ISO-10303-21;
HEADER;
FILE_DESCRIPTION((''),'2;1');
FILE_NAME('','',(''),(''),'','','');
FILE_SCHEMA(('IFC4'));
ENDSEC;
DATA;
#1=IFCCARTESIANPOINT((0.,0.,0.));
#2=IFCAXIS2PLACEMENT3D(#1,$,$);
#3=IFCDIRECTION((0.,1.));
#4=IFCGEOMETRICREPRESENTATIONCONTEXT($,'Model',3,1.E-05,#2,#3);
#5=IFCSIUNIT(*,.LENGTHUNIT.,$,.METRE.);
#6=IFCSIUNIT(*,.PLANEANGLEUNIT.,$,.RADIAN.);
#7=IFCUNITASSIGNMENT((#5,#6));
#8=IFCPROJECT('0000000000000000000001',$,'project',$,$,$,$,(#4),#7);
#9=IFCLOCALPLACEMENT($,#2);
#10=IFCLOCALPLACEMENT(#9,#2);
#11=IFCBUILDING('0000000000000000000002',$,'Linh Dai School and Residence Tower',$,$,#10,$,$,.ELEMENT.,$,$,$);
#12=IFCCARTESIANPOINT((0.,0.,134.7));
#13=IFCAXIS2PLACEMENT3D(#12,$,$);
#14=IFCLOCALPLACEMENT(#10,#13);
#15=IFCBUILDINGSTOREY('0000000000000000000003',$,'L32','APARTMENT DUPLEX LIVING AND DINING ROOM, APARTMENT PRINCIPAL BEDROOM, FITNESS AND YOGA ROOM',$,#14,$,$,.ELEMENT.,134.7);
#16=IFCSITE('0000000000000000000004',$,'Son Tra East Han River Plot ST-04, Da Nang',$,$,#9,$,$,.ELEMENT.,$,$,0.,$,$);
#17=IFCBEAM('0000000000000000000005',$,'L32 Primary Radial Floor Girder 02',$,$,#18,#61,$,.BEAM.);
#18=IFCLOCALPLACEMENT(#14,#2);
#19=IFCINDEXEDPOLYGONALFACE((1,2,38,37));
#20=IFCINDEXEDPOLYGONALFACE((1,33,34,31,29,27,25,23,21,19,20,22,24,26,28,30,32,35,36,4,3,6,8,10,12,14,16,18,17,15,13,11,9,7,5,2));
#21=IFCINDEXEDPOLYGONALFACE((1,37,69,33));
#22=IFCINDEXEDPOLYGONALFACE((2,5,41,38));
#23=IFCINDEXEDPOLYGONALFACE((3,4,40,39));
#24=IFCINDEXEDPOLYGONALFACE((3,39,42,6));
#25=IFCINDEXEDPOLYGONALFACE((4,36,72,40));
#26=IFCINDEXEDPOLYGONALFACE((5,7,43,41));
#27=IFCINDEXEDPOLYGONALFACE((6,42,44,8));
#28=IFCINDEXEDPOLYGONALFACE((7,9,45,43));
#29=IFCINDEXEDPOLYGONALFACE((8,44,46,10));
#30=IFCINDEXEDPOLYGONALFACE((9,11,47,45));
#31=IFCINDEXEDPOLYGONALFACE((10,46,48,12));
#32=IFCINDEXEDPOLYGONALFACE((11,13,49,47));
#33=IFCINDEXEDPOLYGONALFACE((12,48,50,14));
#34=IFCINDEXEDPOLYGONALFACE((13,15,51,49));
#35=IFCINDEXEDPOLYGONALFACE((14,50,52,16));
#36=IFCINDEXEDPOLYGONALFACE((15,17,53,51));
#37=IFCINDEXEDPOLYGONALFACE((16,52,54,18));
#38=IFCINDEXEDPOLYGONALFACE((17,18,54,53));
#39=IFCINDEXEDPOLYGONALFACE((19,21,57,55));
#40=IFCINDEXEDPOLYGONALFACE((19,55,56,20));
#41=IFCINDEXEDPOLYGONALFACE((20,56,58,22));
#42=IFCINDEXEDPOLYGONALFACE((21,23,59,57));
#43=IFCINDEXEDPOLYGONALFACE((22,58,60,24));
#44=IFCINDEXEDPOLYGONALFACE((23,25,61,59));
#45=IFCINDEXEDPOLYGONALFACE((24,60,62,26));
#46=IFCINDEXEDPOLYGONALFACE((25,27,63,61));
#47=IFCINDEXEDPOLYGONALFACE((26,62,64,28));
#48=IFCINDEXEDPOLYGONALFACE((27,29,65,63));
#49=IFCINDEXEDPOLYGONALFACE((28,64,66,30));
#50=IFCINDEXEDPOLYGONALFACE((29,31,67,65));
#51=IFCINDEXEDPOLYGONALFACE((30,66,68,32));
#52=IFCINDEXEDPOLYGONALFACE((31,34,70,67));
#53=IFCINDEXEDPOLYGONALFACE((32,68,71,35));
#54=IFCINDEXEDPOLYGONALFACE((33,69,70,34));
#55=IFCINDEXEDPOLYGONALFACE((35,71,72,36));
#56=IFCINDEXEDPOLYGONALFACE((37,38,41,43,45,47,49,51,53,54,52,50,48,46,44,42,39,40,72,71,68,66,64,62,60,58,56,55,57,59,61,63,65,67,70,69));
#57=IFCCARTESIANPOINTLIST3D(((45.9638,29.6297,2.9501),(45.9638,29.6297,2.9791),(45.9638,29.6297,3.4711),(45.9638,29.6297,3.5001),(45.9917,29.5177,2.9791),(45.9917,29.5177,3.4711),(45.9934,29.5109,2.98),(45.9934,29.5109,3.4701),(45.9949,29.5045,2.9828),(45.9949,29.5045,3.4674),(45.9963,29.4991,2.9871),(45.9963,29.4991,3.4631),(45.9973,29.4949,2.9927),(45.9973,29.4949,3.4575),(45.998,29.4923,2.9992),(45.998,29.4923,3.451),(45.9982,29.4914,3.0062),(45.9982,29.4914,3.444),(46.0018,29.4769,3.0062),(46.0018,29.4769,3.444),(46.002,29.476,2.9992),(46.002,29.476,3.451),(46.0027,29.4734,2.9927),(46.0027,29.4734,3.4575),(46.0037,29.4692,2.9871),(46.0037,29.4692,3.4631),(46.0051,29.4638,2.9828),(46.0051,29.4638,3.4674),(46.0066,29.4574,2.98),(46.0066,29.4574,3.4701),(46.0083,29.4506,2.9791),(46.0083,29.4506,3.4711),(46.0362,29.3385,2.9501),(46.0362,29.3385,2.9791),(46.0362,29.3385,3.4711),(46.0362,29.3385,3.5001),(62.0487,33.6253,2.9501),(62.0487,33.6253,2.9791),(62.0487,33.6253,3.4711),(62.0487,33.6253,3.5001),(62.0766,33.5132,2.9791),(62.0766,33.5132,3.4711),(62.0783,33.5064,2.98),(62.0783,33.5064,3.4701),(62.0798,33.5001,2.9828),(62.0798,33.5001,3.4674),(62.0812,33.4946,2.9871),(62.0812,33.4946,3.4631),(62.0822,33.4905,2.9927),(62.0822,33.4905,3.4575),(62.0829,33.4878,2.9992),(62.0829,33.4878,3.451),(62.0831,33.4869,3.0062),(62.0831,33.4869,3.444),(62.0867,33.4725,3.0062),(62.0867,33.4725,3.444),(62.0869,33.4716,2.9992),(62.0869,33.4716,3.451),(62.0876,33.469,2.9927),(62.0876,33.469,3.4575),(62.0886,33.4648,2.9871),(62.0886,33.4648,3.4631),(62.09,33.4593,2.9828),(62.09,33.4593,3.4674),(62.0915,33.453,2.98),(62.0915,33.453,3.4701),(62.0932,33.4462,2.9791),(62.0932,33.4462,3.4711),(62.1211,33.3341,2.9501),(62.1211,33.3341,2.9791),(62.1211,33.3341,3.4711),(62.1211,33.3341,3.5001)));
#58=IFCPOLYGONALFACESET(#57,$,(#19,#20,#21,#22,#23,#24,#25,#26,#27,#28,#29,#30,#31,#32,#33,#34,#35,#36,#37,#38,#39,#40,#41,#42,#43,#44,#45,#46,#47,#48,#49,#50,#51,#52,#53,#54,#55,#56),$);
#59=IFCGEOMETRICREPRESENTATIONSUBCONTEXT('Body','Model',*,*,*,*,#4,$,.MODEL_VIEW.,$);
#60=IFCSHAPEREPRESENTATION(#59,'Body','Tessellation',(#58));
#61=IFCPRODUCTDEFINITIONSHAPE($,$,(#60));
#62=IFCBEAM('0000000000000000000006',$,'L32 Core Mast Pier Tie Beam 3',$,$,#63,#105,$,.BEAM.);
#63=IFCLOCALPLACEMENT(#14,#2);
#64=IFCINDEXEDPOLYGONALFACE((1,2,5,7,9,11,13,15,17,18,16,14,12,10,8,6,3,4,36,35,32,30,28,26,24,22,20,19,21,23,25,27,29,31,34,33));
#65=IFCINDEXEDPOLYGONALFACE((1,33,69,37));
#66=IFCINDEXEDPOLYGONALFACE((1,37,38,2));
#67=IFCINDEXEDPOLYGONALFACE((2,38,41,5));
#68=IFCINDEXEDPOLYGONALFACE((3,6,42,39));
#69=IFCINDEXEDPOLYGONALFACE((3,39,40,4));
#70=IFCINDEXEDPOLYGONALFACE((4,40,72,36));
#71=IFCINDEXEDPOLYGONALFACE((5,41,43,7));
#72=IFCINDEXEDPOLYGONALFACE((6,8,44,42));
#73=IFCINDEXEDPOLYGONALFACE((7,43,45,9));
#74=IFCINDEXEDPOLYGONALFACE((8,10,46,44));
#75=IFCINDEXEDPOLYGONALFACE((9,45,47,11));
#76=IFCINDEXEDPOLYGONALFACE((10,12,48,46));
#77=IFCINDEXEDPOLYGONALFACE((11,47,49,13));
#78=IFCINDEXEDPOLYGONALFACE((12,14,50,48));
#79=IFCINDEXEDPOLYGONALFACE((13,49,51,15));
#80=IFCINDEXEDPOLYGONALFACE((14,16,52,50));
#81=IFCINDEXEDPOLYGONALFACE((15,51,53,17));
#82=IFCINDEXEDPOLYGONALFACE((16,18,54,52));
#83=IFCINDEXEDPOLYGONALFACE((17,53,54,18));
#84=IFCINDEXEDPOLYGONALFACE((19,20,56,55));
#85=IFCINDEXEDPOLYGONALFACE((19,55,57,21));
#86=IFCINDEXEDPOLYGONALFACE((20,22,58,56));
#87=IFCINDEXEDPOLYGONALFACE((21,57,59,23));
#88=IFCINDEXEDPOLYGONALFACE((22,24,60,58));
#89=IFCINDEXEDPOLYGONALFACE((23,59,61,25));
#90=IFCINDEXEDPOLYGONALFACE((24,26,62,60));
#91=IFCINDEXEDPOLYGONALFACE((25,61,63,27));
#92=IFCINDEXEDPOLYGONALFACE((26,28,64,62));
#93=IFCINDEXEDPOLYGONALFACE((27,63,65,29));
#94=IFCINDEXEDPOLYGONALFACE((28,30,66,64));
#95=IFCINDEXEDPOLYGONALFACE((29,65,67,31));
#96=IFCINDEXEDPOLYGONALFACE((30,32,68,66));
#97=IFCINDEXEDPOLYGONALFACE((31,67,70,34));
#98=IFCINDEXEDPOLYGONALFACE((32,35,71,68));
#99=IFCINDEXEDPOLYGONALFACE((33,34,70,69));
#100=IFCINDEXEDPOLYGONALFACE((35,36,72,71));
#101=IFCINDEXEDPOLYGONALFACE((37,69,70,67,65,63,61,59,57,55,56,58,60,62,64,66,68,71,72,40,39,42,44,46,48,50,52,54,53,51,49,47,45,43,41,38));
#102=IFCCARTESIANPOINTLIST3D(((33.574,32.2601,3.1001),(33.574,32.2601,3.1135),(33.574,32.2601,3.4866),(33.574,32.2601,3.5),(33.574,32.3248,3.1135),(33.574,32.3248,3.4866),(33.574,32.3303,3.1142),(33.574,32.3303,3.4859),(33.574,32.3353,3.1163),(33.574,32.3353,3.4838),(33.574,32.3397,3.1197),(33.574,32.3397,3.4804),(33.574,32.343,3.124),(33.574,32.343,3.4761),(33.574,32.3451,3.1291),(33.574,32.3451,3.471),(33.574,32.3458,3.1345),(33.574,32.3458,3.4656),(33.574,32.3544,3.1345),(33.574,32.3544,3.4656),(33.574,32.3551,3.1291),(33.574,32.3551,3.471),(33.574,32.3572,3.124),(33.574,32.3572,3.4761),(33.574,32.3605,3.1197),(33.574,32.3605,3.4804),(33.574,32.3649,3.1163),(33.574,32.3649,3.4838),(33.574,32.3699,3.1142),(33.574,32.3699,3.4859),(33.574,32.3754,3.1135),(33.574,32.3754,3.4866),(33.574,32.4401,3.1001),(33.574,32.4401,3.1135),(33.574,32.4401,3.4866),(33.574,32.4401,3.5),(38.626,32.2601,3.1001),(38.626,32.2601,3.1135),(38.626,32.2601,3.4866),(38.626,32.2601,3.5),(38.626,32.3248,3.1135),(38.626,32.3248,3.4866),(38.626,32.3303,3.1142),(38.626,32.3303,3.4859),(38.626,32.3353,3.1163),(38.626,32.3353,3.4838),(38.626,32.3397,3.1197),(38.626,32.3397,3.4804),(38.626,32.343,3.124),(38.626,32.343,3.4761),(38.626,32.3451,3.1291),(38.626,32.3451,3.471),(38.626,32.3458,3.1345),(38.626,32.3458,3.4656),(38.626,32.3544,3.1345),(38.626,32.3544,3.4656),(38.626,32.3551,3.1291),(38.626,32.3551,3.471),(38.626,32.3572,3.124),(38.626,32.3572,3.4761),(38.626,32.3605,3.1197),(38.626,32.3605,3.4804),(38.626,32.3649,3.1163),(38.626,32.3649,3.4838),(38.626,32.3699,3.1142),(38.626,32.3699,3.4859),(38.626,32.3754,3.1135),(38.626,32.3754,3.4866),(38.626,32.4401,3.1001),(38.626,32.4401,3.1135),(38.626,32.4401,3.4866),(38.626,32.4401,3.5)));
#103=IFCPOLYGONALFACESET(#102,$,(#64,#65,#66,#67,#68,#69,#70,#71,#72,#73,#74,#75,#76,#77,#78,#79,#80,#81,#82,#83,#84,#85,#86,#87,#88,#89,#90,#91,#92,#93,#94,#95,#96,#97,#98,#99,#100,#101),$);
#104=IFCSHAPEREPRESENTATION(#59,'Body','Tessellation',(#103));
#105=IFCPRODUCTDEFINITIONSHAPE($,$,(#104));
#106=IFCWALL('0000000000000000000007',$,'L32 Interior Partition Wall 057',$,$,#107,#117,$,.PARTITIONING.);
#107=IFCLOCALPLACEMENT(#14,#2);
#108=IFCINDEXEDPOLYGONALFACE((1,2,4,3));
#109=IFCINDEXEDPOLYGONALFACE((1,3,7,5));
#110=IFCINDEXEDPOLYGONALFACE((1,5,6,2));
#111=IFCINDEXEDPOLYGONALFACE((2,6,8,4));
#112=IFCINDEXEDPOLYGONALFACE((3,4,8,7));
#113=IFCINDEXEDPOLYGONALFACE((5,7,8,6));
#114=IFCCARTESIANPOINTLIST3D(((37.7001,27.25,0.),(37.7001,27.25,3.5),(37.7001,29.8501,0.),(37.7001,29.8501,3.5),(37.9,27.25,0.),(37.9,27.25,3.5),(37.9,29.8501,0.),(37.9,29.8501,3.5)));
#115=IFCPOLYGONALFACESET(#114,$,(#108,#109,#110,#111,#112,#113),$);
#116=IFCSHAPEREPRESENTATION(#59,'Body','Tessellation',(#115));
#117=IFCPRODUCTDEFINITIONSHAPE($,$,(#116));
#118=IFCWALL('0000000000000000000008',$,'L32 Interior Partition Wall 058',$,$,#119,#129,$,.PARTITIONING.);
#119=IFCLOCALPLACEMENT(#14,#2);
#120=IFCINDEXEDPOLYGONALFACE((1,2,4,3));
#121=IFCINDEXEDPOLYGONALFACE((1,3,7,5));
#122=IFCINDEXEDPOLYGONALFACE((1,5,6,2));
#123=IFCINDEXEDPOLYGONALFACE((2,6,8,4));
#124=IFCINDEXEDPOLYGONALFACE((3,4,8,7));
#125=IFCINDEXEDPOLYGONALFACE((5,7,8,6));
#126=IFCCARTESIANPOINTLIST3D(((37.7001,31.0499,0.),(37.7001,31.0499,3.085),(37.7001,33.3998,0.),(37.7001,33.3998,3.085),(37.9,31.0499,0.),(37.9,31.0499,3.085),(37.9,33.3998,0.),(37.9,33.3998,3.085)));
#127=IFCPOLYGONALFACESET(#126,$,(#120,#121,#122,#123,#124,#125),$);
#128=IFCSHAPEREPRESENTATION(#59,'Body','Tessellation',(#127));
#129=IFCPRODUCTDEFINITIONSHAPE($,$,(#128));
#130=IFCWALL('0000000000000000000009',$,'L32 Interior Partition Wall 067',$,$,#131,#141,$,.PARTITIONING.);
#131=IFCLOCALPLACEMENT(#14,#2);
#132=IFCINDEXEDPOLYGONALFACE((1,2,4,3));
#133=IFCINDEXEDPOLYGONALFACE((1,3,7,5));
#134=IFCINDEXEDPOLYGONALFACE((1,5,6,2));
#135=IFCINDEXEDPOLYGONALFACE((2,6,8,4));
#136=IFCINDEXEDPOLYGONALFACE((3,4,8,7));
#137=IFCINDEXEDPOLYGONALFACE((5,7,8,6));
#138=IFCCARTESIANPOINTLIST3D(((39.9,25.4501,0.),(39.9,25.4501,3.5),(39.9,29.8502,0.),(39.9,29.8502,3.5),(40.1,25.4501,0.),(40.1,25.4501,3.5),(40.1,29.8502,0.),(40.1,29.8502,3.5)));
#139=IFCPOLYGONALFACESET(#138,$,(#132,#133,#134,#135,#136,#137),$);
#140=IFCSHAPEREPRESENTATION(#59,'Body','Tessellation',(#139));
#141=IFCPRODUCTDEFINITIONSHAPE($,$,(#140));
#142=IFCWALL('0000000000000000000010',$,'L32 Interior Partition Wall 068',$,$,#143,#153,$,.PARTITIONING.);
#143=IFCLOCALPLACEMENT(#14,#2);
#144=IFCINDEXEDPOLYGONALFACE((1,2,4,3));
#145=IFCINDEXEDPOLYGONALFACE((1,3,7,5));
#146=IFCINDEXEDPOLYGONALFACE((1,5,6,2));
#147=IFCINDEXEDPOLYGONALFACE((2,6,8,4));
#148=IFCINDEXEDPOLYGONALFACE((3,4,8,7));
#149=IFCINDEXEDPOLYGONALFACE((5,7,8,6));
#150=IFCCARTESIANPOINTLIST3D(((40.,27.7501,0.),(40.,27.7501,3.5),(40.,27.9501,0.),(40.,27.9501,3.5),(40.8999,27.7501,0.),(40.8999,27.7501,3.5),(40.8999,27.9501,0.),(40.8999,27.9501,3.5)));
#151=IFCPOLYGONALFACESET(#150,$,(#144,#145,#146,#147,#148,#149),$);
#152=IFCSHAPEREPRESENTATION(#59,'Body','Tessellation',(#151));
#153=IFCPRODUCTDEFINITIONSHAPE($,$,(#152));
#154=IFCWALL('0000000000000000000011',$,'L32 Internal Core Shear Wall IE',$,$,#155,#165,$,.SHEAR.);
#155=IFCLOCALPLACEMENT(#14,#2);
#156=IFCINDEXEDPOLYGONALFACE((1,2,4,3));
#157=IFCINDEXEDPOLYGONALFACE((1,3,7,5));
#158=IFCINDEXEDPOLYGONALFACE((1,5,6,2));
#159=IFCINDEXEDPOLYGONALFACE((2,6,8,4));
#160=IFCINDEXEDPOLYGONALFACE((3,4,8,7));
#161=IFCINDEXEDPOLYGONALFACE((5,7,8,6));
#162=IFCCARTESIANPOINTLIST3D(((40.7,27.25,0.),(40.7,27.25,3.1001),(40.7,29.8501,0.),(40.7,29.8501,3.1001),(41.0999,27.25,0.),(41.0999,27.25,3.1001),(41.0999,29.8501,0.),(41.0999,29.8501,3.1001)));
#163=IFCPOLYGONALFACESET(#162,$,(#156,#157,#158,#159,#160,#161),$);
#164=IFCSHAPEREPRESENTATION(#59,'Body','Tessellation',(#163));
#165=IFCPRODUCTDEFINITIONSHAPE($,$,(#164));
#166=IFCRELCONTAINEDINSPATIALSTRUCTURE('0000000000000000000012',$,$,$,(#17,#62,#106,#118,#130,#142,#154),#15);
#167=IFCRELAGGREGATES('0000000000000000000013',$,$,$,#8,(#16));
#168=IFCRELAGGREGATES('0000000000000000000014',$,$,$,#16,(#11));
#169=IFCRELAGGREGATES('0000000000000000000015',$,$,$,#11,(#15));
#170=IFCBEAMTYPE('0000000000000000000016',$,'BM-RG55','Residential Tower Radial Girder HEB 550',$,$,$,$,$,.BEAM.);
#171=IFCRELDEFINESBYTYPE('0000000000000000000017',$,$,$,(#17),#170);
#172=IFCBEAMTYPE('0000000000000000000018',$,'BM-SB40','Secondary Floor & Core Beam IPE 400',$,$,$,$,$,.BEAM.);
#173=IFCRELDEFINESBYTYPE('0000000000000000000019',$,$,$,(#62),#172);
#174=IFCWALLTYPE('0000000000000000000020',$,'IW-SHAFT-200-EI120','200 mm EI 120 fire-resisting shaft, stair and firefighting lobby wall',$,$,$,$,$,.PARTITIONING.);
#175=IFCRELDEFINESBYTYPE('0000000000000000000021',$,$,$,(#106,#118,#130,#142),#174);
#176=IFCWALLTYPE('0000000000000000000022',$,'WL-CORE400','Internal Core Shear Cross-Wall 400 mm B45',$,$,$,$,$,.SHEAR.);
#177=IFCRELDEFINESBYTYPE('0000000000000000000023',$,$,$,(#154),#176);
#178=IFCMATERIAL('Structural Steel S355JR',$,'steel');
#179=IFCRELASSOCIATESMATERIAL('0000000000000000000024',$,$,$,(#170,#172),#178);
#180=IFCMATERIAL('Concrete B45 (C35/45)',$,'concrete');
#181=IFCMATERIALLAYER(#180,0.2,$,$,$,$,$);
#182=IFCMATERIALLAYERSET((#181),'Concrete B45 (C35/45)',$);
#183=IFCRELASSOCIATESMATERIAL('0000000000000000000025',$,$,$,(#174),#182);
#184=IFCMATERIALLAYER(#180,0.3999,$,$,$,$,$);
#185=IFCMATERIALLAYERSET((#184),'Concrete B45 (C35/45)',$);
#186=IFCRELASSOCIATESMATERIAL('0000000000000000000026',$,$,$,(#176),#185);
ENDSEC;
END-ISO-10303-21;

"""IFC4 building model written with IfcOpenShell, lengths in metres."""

from ifc_helpers import new_model, si_unit, direction, frame, frame_2d, origin, origin_2d, place, context, subcontext, project, spatial, rectangle, i_section, extrude, material, layer, layer_set, material_profile, profile_set, type_object, element, save


model = new_model("IFC4")

# Units and contexts
model_context = context("Model", 3, precision=1e-05, world=origin(), true_north=direction((0.0, 1.0)))
body_context = subcontext(model_context, "Body", "Model", "MODEL_VIEW")
ifc_project = project(units=[si_unit("LENGTHUNIT", "METRE"), si_unit("PLANEANGLEUNIT", "RADIAN")], contexts=[model_context])

# Site, building, storey
site_placement = place(None, origin())
site = spatial("IfcSite", under=ifc_project, at=site_placement, Name="Son Tra East Han River Plot ST-04, Da Nang", CompositionType="ELEMENT", RefElevation=0.0)
building_placement = place(site_placement, origin())
building = spatial("IfcBuilding", under=site, at=building_placement, Name="Linh Dai School and Residence Tower", CompositionType="ELEMENT")
storey_placement = place(building_placement, frame((0.0, 0.0, 134.7)))
storey = spatial("IfcBuildingStorey", under=building, at=storey_placement, Name="L32", Description="APARTMENT DUPLEX LIVING AND DINING ROOM, APARTMENT PRINCIPAL BEDROOM, FITNESS AND YOGA ROOM", CompositionType="ELEMENT", Elevation=134.7)

# Shared definitions
ifc_material_1 = material(Name="Structural Steel S355JR", Category="steel")

# Beams
ifc_material_profile_1 = material_profile(ifc_material_1, i_section(OverallWidth=0.3, OverallDepth=0.55, WebThickness=0.0149, FlangeThickness=0.0291, FilletRadius=0.0271, at=origin_2d()), Name="HEB 550")
ifc_profile_set_1 = profile_set([ifc_material_profile_1], Name="Structural Steel S355JR")
beam_type_1 = type_object("IfcBeamType", Name="BM-RG55", Description="Residential Tower Radial Girder HEB 550", PredefinedType="BEAM", material=ifc_profile_set_1)
beam_1_placement = place(storey_placement, frame((46.0, 29.4841, 3.2251), z_axis=(0.970505, 0.24108, 0.0), x_axis=(-0.24108, 0.970505, 0.0)))
element("IfcBeam", 1, at=beam_1_placement, inside=storey, type_object=beam_type_1, Name="L32 Primary Radial Floor Girder 02", PredefinedType="BEAM", context=body_context, shape_type="SweptSolid", body=[
    extrude(i_section(OverallWidth=0.3, OverallDepth=0.55, WebThickness=0.0149, FlangeThickness=0.0291, FilletRadius=0.0271, at=origin_2d()), origin(), (0.0, 0.0, 1.0), 16.5737),
])
ifc_material_profile_2 = material_profile(ifc_material_1, i_section(OverallWidth=0.1799, OverallDepth=0.3999, WebThickness=0.0085, FlangeThickness=0.0134, FilletRadius=0.021, at=origin_2d()), Name="IPE 400")
ifc_profile_set_2 = profile_set([ifc_material_profile_2], Name="Structural Steel S355JR")
beam_type_2 = type_object("IfcBeamType", Name="BM-SB40", Description="Secondary Floor & Core Beam IPE 400", PredefinedType="BEAM", material=ifc_profile_set_2)
beam_2_placement = place(storey_placement, frame((38.626, 32.3501, 3.3), z_axis=(-1.0, 0.0, 0.0), x_axis=(0.0, -1.0, 0.0)))
element("IfcBeam", 2, at=beam_2_placement, inside=storey, type_object=beam_type_2, Name="L32 Core Mast Pier Tie Beam 3", PredefinedType="BEAM", context=body_context, shape_type="SweptSolid", body=[
    extrude(i_section(OverallWidth=0.1799, OverallDepth=0.3999, WebThickness=0.0085, FlangeThickness=0.0134, FilletRadius=0.021, at=origin_2d()), origin(), (0.0, 0.0, 1.0), 5.052),
])

# Walls
ifc_material_2 = material(Name="Concrete B45 (C35/45)", Category="concrete")
ifc_layer_1 = layer(ifc_material_2, 0.2)
ifc_layer_set_1 = layer_set([ifc_layer_1], Name="Concrete B45 (C35/45)")
wall_type_1 = type_object("IfcWallType", Name="IW-SHAFT-200-EI120", Description="200 mm EI 120 fire-resisting shaft, stair and firefighting lobby wall", PredefinedType="PARTITIONING", material=ifc_layer_set_1)
wall_1_placement = place(storey_placement, frame((37.8, 27.25, 0.0), z_axis=(0.0, 0.0, 1.0), x_axis=(0.0, 1.0, 0.0)))
element("IfcWall", 3, at=wall_1_placement, inside=storey, type_object=wall_type_1, Name="L32 Interior Partition Wall 057", PredefinedType="PARTITIONING", context=body_context, shape_type="SweptSolid", body=[
    extrude(rectangle(XDim=2.6001, YDim=0.2, at=frame_2d((1.3, 0.0))), origin(), (0.0, 0.0, 1.0), 3.5),
])
wall_2_placement = place(storey_placement, frame((37.8, 31.05, 0.0), z_axis=(0.0, 0.0, 1.0), x_axis=(0.0, 1.0, 0.0)))
element("IfcWall", 4, at=wall_2_placement, inside=storey, type_object=wall_type_1, Name="L32 Interior Partition Wall 058", PredefinedType="PARTITIONING", context=body_context, shape_type="SweptSolid", body=[
    extrude(rectangle(XDim=2.3499, YDim=0.2, at=frame_2d((1.1748, 0.0))), origin(), (0.0, 0.0, 1.0), 3.085),
])
wall_3_placement = place(storey_placement, frame((40.0, 25.45, 0.0), z_axis=(0.0, 0.0, 1.0), x_axis=(0.0, 1.0, 0.0)))
element("IfcWall", 5, at=wall_3_placement, inside=storey, type_object=wall_type_1, Name="L32 Interior Partition Wall 067", PredefinedType="PARTITIONING", context=body_context, shape_type="SweptSolid", body=[
    extrude(rectangle(XDim=4.4001, YDim=0.2, at=frame_2d((2.2002, 0.0))), origin(), (0.0, 0.0, 1.0), 3.5),
])
wall_4_placement = place(storey_placement, frame((40.0, 27.8501, 0.0), z_axis=(0.0, 0.0, 1.0), x_axis=(1.0, 0.0, 0.0)))
element("IfcWall", 6, at=wall_4_placement, inside=storey, type_object=wall_type_1, Name="L32 Interior Partition Wall 068", PredefinedType="PARTITIONING", context=body_context, shape_type="SweptSolid", body=[
    extrude(rectangle(XDim=0.8999, YDim=0.2, at=frame_2d((0.45, 0.0))), origin(), (0.0, 0.0, 1.0), 3.5),
])
ifc_layer_2 = layer(ifc_material_2, 0.3999)
ifc_layer_set_2 = layer_set([ifc_layer_2], Name="Concrete B45 (C35/45)")
wall_type_2 = type_object("IfcWallType", Name="WL-CORE400", Description="Internal Core Shear Cross-Wall 400 mm B45", PredefinedType="SHEAR", material=ifc_layer_set_2)
wall_5_placement = place(storey_placement, frame((40.8999, 27.25, 0.0), z_axis=(0.0, 0.0, 1.0), x_axis=(0.0, 1.0, 0.0)))
element("IfcWall", 7, at=wall_5_placement, inside=storey, type_object=wall_type_2, Name="L32 Internal Core Shear Wall IE", PredefinedType="SHEAR", context=body_context, shape_type="SweptSolid", body=[
    extrude(rectangle(XDim=2.6001, YDim=0.3999, at=frame_2d((1.3, 0.0))), origin(), (0.0, 0.0, 1.0), 3.1001),
])

save(model, "model.ifc")
